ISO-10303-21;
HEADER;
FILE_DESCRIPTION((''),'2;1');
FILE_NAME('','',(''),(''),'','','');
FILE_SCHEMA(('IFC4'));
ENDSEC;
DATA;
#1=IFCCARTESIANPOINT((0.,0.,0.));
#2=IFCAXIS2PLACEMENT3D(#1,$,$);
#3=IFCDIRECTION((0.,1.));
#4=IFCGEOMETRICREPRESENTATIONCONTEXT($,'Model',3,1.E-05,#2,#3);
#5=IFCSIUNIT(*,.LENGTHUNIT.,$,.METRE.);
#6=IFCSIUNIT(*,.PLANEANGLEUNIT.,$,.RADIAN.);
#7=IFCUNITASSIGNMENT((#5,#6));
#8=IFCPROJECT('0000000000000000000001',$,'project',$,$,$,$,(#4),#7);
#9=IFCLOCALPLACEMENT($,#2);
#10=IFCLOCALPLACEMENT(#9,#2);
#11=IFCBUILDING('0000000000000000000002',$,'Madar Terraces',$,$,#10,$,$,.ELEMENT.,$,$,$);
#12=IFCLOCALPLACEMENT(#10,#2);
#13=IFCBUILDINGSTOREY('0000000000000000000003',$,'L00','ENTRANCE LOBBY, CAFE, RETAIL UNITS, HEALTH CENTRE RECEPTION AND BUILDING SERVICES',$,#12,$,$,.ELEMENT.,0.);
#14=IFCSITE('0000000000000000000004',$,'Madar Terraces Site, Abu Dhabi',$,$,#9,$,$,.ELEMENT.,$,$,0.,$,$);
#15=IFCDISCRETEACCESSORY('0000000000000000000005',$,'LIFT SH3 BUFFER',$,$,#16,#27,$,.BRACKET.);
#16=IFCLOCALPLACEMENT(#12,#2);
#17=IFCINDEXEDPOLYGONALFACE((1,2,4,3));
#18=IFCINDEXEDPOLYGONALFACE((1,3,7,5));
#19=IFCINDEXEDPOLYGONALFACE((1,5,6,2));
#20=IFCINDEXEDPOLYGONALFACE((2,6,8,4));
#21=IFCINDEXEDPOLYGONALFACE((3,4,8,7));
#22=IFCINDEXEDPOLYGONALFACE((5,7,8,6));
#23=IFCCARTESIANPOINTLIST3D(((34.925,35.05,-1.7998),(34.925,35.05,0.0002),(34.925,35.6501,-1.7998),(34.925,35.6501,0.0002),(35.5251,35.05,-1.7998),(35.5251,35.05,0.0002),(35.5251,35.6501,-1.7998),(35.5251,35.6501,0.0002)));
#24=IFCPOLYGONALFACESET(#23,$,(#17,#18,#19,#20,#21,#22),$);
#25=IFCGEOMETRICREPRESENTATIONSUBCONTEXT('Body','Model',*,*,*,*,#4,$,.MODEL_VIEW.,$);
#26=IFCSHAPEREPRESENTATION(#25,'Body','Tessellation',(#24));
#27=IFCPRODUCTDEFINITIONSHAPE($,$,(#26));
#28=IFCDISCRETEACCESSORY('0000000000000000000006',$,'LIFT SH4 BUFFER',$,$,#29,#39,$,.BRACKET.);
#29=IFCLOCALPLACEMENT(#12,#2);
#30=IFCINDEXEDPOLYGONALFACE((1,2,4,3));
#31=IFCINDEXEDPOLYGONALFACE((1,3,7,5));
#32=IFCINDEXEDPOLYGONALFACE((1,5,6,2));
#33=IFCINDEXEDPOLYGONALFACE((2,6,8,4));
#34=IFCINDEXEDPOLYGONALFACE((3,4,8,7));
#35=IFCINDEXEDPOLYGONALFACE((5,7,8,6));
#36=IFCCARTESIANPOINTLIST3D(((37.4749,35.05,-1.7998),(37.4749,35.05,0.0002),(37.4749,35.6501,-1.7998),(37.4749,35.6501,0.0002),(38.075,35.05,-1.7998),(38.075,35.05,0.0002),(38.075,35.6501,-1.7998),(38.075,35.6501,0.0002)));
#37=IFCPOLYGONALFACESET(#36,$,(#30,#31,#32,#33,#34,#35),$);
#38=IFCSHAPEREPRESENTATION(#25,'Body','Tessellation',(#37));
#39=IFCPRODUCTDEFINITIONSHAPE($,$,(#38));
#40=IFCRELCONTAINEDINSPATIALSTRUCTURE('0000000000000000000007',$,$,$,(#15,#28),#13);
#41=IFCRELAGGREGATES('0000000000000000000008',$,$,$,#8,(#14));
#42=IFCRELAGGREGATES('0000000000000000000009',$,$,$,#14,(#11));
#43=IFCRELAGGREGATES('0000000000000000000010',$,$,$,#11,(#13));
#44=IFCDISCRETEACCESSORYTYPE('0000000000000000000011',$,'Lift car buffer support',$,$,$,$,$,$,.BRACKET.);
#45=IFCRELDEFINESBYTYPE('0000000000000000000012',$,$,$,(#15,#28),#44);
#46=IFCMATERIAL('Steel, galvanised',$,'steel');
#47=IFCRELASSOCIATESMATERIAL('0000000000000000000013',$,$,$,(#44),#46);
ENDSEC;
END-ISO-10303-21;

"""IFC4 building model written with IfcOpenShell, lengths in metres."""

from ifc_helpers import new_model, si_unit, direction, frame, origin, origin_2d, place, context, subcontext, project, spatial, rectangle, extrude, material, type_object, element, save


model = new_model("IFC4")

# Units and contexts
model_context = context("Model", 3, precision=1e-05, world=origin(), true_north=direction((0.0, 1.0)))
body_context = subcontext(model_context, "Body", "Model", "MODEL_VIEW")
ifc_project = project(units=[si_unit("LENGTHUNIT", "METRE"), si_unit("PLANEANGLEUNIT", "RADIAN")], contexts=[model_context])

# Site, building, storey
site_placement = place(None, origin())
site = spatial("IfcSite", under=ifc_project, at=site_placement, Name="Madar Terraces Site, Abu Dhabi", CompositionType="ELEMENT", RefElevation=0.0)
building_placement = place(site_placement, origin())
building = spatial("IfcBuilding", under=site, at=building_placement, Name="Madar Terraces", CompositionType="ELEMENT")
storey_placement = place(building_placement, origin())
storey = spatial("IfcBuildingStorey", under=building, at=storey_placement, Name="L00", Description="ENTRANCE LOBBY, CAFE, RETAIL UNITS, HEALTH CENTRE RECEPTION AND BUILDING SERVICES", CompositionType="ELEMENT", Elevation=0.0)

# Discrete accessories
ifc_material_1 = material(Name="Steel, galvanised", Category="steel")
discrete_accessory_type = type_object("IfcDiscreteAccessoryType", Name="Lift car buffer support", PredefinedType="BRACKET", material=ifc_material_1)
for number, where, z_axis, x_axis, name in (
    (1, (35.2251, 35.3501, -1.7998), (0.0, 0.0, 1.0), (1.0, 0.0, 0.0), "LIFT SH3 BUFFER"),
    (2, (37.7749, 35.3501, -1.7998), (0.0, 0.0, 1.0), (1.0, 0.0, 0.0), "LIFT SH4 BUFFER"),
):
    element("IfcDiscreteAccessory", number, at=place(storey_placement, frame(where, z_axis=z_axis, x_axis=x_axis)), inside=storey, type_object=discrete_accessory_type, Name=name, PredefinedType="BRACKET", context=body_context, shape_type="SweptSolid", body=[
        extrude(rectangle(XDim=0.6001, YDim=0.6001, at=origin_2d()), origin(), (0.0, 0.0, 1.0), 1.8),
    ])

save(model, "model.ifc")
